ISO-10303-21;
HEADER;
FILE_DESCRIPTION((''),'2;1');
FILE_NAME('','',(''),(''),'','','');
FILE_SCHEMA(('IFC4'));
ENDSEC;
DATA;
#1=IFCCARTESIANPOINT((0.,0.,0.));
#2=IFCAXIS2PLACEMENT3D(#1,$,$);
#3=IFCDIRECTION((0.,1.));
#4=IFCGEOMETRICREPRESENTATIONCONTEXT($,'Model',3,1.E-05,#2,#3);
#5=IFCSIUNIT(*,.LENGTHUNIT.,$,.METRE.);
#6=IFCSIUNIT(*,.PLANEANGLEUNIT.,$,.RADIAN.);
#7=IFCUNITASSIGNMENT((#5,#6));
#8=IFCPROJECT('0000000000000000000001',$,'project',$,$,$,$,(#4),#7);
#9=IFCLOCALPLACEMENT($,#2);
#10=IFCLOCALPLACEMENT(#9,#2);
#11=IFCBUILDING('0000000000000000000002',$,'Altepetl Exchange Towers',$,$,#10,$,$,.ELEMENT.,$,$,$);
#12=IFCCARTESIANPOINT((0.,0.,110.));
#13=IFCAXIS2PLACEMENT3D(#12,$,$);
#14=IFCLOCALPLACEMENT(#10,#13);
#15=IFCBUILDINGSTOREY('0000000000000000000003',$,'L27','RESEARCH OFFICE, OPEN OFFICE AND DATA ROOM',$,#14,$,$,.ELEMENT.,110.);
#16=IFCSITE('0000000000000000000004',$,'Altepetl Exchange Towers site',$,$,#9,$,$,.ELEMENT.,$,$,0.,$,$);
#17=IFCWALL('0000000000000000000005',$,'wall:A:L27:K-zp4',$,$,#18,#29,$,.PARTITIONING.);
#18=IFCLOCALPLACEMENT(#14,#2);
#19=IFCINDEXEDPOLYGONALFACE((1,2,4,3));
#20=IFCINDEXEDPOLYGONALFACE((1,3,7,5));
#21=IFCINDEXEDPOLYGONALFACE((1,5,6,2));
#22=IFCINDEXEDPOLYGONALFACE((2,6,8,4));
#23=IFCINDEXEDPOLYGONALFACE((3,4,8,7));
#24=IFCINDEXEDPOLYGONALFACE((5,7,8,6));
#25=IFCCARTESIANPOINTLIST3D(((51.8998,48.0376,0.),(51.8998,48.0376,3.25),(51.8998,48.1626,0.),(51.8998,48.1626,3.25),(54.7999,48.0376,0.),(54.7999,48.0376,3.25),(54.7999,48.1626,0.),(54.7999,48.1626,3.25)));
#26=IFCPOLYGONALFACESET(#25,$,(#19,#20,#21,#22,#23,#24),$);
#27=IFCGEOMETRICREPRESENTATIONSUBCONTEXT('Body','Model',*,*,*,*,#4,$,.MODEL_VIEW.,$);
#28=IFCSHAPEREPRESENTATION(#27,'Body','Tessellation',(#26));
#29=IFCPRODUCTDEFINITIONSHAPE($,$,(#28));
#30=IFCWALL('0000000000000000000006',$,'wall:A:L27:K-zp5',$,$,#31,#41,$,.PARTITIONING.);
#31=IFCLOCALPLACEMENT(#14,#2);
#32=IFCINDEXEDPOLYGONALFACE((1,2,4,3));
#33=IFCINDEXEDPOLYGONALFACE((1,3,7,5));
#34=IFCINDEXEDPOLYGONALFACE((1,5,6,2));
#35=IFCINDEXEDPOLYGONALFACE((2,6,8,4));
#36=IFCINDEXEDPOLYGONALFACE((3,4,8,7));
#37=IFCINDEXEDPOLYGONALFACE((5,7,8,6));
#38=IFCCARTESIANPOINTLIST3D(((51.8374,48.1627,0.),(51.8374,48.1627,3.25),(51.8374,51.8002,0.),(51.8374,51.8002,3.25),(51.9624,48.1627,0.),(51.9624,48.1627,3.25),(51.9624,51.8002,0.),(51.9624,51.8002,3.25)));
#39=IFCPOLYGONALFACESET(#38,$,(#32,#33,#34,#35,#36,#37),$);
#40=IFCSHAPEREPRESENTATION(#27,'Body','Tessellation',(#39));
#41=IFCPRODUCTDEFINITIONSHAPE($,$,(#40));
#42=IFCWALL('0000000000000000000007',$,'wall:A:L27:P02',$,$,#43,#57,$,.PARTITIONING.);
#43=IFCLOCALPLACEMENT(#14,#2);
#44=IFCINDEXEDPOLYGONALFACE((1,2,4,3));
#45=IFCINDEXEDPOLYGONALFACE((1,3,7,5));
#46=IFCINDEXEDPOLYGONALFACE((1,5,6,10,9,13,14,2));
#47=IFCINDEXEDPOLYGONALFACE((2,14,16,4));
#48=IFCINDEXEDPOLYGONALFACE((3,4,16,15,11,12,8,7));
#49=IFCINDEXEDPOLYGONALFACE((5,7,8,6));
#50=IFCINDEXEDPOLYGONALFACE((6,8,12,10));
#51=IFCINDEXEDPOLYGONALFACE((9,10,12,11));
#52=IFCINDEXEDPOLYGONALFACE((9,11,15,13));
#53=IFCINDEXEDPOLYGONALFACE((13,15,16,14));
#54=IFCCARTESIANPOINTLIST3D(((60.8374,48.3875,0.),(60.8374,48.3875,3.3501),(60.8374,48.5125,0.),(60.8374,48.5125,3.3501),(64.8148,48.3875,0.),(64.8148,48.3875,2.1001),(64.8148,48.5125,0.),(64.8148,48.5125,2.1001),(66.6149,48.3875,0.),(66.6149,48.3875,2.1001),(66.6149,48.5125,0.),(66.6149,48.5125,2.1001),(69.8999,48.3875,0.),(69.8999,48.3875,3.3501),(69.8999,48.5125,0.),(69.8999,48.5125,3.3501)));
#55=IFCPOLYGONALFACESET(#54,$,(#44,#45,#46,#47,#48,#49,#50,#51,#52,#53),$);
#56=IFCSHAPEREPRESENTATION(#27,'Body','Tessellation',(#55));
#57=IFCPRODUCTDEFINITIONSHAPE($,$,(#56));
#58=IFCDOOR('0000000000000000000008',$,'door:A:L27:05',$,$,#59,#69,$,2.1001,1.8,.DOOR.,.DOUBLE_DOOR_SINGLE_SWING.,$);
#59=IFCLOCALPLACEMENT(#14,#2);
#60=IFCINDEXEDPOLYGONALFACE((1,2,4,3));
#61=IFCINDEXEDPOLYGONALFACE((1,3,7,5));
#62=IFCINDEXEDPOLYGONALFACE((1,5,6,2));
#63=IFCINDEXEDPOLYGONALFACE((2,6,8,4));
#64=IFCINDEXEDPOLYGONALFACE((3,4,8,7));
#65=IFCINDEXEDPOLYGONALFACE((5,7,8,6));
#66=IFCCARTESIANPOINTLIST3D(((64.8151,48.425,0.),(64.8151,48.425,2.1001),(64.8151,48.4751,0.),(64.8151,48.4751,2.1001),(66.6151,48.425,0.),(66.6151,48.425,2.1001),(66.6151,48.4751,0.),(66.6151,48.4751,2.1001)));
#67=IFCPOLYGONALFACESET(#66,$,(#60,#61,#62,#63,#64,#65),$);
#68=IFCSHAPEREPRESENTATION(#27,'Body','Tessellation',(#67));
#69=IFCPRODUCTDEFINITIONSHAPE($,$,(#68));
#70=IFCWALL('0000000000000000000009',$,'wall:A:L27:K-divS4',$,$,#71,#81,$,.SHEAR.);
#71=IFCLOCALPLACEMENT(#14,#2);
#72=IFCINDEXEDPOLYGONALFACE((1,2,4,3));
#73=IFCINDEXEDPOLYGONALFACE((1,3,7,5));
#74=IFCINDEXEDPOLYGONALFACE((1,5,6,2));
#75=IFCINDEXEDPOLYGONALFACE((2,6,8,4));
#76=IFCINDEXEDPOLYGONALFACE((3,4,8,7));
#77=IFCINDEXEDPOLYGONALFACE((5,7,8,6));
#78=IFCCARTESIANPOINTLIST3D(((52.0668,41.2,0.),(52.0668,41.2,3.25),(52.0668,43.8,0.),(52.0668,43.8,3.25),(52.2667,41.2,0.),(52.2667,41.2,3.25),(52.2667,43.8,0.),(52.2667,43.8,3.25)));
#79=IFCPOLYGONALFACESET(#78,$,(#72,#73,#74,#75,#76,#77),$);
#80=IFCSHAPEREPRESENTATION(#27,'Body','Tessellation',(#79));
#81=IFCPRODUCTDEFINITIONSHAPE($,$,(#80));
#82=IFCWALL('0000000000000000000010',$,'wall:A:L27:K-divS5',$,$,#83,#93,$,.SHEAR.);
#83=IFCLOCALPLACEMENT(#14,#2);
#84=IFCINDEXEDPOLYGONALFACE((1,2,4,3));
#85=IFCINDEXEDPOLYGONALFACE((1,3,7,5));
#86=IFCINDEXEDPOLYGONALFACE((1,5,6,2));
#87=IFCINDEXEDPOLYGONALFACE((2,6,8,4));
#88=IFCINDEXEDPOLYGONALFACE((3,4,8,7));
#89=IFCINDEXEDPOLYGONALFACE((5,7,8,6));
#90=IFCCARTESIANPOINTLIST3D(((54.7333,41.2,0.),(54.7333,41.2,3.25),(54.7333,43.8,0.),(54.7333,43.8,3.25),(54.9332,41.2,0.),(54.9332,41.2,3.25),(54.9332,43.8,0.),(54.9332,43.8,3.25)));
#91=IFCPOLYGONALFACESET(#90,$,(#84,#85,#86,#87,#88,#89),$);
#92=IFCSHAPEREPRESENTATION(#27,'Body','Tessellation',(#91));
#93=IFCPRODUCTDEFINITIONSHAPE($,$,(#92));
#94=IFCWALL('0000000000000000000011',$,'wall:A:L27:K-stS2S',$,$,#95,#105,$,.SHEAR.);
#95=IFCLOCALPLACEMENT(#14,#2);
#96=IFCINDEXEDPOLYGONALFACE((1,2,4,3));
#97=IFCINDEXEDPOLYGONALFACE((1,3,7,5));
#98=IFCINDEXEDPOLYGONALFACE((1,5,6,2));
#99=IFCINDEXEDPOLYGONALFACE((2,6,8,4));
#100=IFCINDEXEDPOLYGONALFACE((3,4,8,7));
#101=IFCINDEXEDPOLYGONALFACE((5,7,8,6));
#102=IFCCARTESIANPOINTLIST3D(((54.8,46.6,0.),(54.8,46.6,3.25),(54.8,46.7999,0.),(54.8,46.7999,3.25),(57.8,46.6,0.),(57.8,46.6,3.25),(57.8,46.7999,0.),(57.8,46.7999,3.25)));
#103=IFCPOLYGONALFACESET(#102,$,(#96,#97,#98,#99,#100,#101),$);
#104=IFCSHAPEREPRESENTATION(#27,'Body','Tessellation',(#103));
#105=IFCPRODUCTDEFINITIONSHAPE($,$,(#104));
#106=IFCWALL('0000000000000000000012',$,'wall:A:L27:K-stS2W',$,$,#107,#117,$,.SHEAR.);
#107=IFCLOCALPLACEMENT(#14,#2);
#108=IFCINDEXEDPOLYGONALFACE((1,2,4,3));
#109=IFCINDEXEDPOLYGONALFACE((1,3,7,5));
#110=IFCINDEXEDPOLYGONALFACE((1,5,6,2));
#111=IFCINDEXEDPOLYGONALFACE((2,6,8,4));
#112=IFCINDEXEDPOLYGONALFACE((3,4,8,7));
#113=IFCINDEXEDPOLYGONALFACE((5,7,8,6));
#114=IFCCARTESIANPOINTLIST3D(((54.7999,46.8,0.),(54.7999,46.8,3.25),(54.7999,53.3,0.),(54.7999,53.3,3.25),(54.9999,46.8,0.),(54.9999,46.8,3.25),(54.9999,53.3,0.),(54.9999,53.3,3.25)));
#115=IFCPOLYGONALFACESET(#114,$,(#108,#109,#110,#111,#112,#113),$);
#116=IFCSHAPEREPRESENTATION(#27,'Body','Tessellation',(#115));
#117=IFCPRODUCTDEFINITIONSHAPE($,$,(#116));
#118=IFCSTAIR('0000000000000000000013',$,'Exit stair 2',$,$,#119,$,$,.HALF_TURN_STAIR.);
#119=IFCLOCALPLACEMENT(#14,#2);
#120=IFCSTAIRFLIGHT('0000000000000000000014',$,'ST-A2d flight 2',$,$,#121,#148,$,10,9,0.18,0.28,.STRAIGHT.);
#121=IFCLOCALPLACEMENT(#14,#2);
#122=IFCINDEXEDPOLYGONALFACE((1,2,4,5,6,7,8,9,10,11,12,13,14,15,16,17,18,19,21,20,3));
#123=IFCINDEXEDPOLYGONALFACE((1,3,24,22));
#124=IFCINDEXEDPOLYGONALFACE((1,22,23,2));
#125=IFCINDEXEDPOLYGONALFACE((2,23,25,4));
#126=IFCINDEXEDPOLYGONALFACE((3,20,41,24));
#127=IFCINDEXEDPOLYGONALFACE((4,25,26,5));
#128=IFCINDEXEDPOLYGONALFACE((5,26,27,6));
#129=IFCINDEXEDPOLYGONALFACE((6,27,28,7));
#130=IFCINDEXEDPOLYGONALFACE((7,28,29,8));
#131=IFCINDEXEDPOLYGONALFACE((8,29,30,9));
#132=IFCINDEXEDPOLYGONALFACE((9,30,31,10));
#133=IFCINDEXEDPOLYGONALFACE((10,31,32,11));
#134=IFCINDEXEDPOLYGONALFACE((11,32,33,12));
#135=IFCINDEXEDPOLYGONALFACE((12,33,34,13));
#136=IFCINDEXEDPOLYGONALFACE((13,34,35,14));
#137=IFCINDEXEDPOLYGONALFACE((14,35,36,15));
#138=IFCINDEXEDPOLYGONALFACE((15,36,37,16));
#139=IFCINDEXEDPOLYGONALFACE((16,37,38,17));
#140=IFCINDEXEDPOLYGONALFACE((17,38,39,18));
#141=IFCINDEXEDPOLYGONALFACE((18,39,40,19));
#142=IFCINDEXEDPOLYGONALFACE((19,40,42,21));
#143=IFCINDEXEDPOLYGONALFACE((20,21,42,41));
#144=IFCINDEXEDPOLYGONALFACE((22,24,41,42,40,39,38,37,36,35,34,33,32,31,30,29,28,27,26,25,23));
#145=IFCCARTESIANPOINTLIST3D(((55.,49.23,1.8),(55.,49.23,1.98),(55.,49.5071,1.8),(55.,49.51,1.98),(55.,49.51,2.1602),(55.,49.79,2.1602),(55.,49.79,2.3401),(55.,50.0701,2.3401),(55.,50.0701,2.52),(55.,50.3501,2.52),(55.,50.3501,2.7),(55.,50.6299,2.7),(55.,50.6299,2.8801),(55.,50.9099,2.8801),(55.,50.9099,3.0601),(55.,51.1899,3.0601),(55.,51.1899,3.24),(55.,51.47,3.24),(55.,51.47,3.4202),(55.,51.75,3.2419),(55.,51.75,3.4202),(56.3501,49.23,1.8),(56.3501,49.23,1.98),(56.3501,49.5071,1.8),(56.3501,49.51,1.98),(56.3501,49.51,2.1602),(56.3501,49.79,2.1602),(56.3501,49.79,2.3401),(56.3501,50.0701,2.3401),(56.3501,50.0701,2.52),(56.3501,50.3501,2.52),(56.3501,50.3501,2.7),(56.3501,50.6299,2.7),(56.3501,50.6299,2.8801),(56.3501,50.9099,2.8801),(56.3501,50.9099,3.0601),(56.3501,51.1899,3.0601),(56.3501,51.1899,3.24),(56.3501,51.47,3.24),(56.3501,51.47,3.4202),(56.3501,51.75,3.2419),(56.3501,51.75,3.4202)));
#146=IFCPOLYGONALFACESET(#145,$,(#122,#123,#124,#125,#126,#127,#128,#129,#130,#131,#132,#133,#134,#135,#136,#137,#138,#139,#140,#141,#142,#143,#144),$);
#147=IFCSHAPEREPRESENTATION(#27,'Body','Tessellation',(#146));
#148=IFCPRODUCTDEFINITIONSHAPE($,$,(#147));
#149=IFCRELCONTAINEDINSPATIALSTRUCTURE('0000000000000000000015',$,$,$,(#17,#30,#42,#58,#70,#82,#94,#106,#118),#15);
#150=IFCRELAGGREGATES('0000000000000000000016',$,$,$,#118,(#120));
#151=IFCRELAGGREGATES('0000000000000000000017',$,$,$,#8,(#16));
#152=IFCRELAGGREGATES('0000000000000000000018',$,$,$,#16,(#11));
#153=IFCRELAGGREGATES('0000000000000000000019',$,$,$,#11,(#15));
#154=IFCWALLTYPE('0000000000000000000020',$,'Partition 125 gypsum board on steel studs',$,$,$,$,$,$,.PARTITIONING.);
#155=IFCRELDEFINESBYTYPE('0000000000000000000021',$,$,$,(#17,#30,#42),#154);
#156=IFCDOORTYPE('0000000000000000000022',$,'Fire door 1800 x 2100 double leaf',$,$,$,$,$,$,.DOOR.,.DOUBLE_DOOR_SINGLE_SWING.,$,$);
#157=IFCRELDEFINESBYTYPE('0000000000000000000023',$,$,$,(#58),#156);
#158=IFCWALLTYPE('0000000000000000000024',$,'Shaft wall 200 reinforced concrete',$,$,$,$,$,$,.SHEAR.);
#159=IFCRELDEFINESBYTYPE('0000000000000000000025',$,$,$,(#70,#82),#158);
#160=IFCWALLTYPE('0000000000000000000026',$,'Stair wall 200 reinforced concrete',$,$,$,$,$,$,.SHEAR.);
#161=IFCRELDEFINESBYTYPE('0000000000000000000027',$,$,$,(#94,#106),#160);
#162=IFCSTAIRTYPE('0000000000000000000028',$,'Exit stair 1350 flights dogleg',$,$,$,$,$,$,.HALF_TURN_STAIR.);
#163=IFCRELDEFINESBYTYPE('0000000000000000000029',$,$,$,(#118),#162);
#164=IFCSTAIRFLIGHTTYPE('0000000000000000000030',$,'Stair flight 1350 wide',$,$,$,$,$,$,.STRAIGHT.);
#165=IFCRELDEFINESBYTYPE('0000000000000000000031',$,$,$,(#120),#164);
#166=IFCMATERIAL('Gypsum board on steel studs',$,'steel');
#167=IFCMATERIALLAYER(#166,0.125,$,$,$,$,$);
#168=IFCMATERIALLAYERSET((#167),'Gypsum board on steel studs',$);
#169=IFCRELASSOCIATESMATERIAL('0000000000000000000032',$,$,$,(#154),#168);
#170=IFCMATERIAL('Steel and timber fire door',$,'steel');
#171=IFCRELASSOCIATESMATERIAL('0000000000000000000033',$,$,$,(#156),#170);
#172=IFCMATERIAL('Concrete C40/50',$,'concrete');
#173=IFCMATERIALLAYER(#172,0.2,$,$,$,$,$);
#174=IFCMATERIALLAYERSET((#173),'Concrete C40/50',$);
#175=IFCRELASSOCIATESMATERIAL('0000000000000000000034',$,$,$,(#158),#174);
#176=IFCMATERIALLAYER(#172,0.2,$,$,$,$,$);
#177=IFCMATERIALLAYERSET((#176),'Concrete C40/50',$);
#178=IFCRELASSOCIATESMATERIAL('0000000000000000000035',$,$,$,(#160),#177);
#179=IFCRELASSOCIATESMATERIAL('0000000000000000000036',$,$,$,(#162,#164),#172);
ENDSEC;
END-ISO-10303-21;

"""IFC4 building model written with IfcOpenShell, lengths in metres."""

from ifc_helpers import new_model, si_unit, direction, frame, frame_2d, origin, place, context, subcontext, project, spatial, polyline, rectangle, outline, extrude, material, layer, layer_set, type_object, element, fill, aggregate, save


model = new_model("IFC4")

# Units and contexts
model_context = context("Model", 3, precision=1e-05, world=origin(), true_north=direction((0.0, 1.0)))
body_context = subcontext(model_context, "Body", "Model", "MODEL_VIEW")
ifc_project = project(units=[si_unit("LENGTHUNIT", "METRE"), si_unit("PLANEANGLEUNIT", "RADIAN")], contexts=[model_context])

# Site, building, storey
site_placement = place(None, origin())
site = spatial("IfcSite", under=ifc_project, at=site_placement, Name="Altepetl Exchange Towers site", CompositionType="ELEMENT", RefElevation=0.0)
building_placement = place(site_placement, origin())
building = spatial("IfcBuilding", under=site, at=building_placement, Name="Altepetl Exchange Towers", CompositionType="ELEMENT")
storey_placement = place(building_placement, frame((0.0, 0.0, 110.0)))
storey = spatial("IfcBuildingStorey", under=building, at=storey_placement, Name="L27", Description="RESEARCH OFFICE, OPEN OFFICE AND DATA ROOM", CompositionType="ELEMENT", Elevation=110.0)

# Shared definitions
ifc_material_1 = material(Name="Steel and timber fire door", Category="steel")

# Walls
ifc_material_2 = material(Name="Gypsum board on steel studs", Category="steel")
ifc_layer_1 = layer(ifc_material_2, 0.125)
ifc_layer_set_1 = layer_set([ifc_layer_1], Name="Gypsum board on steel studs")
wall_type_1 = type_object("IfcWallType", Name="Partition 125 gypsum board on steel studs", PredefinedType="PARTITIONING", material=ifc_layer_set_1)
wall_1_placement = place(storey_placement, frame((54.8, 48.1001, 0.0), z_axis=(0.0, 0.0, 1.0), x_axis=(-1.0, 0.0, 0.0)))
element("IfcWall", 1, at=wall_1_placement, inside=storey, type_object=wall_type_1, Name="wall:A:L27:K-zp4", PredefinedType="PARTITIONING", context=body_context, shape_type="SweptSolid", body=[
    extrude(rectangle(XDim=2.9001, YDim=0.125, at=frame_2d((1.4502, 0.0))), origin(), (0.0, 0.0, 1.0), 3.25),
])
wall_2_placement = place(storey_placement, frame((51.8999, 48.1626, 0.0), z_axis=(0.0, 0.0, 1.0), x_axis=(0.0, 1.0, 0.0)))
element("IfcWall", 2, at=wall_2_placement, inside=storey, type_object=wall_type_1, Name="wall:A:L27:K-zp5", PredefinedType="PARTITIONING", context=body_context, shape_type="SweptSolid", body=[
    extrude(rectangle(XDim=3.6375, YDim=0.125, at=frame_2d((1.8188, 0.0))), origin(), (0.0, 0.0, 1.0), 3.25),
])

# Wall, opening, door
wall_3_placement = place(storey_placement, frame((60.8374, 48.45, 0.0)))
wall_3 = element("IfcWall", 3, at=wall_3_placement, inside=storey, type_object=wall_type_1, Name="wall:A:L27:P02", PredefinedType="PARTITIONING", context=body_context, shape_type="SweptSolid", body=[
    extrude(rectangle(XDim=9.0625, YDim=0.125, at=frame_2d((4.5312, 0.0))), origin(), (0.0, 0.0, 1.0), 3.3501),
])
opening_1_placement = place(wall_3_placement, frame((3.9775, 0.0, 0.0)))
opening_1 = element("IfcOpeningElement", 4, at=opening_1_placement, cuts=wall_3, PredefinedType="OPENING", context=body_context, shape_type="SweptSolid", body=[
    extrude(rectangle(XDim=1.8, YDim=2.1001, at=frame_2d((0.8999, 1.05))), frame((0.0, 0.0725, 0.0), z_axis=(0.0, -1.0, 0.0), x_axis=(1.0, 0.0, 0.0)), (0.0, 0.0, 1.0), 0.145),
])
door_type_1 = type_object("IfcDoorType", Name="Fire door 1800 x 2100 double leaf", OperationType="DOUBLE_DOOR_SINGLE_SWING", PredefinedType="DOOR", material=ifc_material_1)
door_1_placement = place(opening_1_placement, frame((1.8, 0.0, 0.0), x_axis=(-1.0, 0.0, 0.0)))
door_1 = element("IfcDoor", 5, at=door_1_placement, inside=storey, type_object=door_type_1, Name="door:A:L27:05", OperationType="DOUBLE_DOOR_SINGLE_SWING", OverallHeight=2.1001, OverallWidth=1.8, PredefinedType="DOOR", context=body_context, shape_type="SweptSolid", body=[
    extrude(rectangle(XDim=1.8, YDim=2.1001, at=frame_2d((0.8999, 1.05))), frame((0.0, 0.0249, 0.0), z_axis=(0.0, -1.0, 0.0), x_axis=(1.0, 0.0, 0.0)), (0.0, 0.0, 1.0), 0.05),
])
fill(opening_1, door_1)

# Walls
ifc_material_3 = material(Name="Concrete C40/50", Category="concrete")
ifc_layer_2 = layer(ifc_material_3, 0.2)
ifc_layer_set_2 = layer_set([ifc_layer_2], Name="Concrete C40/50")
wall_type_2 = type_object("IfcWallType", Name="Shaft wall 200 reinforced concrete", PredefinedType="SHEAR", material=ifc_layer_set_2)
for number, where, z_axis, x_axis, name in (
    (6, (52.1667, 41.2, 0.0), (0.0, 0.0, 1.0), (0.0, 1.0, 0.0), "wall:A:L27:K-divS4"),
    (7, (54.8333, 41.2, 0.0), (0.0, 0.0, 1.0), (0.0, 1.0, 0.0), "wall:A:L27:K-divS5"),
):
    element("IfcWall", number, at=place(storey_placement, frame(where, z_axis=z_axis, x_axis=x_axis)), inside=storey, type_object=wall_type_2, Name=name, PredefinedType="SHEAR", context=body_context, shape_type="SweptSolid", body=[
        extrude(rectangle(XDim=2.6001, YDim=0.2, at=frame_2d((1.3, 0.0))), origin(), (0.0, 0.0, 1.0), 3.25),
    ])
ifc_layer_3 = layer(ifc_material_3, 0.2)
ifc_layer_set_3 = layer_set([ifc_layer_3], Name="Concrete C40/50")
wall_type_3 = type_object("IfcWallType", Name="Stair wall 200 reinforced concrete", PredefinedType="SHEAR", material=ifc_layer_set_3)
wall_4_placement = place(storey_placement, frame((54.8, 46.7, 0.0)))
element("IfcWall", 8, at=wall_4_placement, inside=storey, type_object=wall_type_3, Name="wall:A:L27:K-stS2S", PredefinedType="SHEAR", context=body_context, shape_type="SweptSolid", body=[
    extrude(rectangle(XDim=3.0, YDim=0.2, at=frame_2d((1.5, 0.0))), origin(), (0.0, 0.0, 1.0), 3.25),
])
wall_5_placement = place(storey_placement, frame((54.8999, 46.8, 0.0), z_axis=(0.0, 0.0, 1.0), x_axis=(0.0, 1.0, 0.0)))
element("IfcWall", 9, at=wall_5_placement, inside=storey, type_object=wall_type_3, Name="wall:A:L27:K-stS2W", PredefinedType="SHEAR", context=body_context, shape_type="SweptSolid", body=[
    extrude(rectangle(XDim=6.5, YDim=0.2, at=frame_2d((3.25, 0.0))), origin(), (0.0, 0.0, 1.0), 3.25),
])

# Stair, stair flight
stair_type = type_object("IfcStairType", Name="Exit stair 1350 flights dogleg", PredefinedType="HALF_TURN_STAIR", material=ifc_material_3)
stair_placement = place(storey_placement, origin())
stair = element("IfcStair", 10, at=stair_placement, inside=storey, type_object=stair_type, Name="Exit stair 2", PredefinedType="HALF_TURN_STAIR")
stair_flight_type = type_object("IfcStairFlightType", Name="Stair flight 1350 wide", PredefinedType="STRAIGHT", material=ifc_material_3)
stair_flight_placement = place(storey_placement, frame((55.675, 49.23, 1.8), z_axis=(0.0, 0.0, 1.0), x_axis=(0.0, 1.0, 0.0)))
stair_flight = element("IfcStairFlight", 11, at=stair_flight_placement, type_object=stair_flight_type, Name="ST-A2d flight 2", NumberOfRisers=10, NumberOfTreads=9, PredefinedType="STRAIGHT", RiserHeight=0.18, TreadLength=0.28, context=body_context, shape_type="SweptSolid", body=[
    extrude(outline(polyline([(0.0, 0.0), (0.0, 0.1799), (0.28, 0.1799), (0.28, 0.3601), (0.5601, 0.3601), (0.5601, 0.54), (0.8401, 0.54), (0.8401, 0.72), (1.1201, 0.72), (1.1201, 0.8999), (1.3999, 0.8999), (1.3999, 1.0801), (1.6799, 1.0801), (1.6799, 1.26), (1.96, 1.26), (1.96, 1.4399), (2.24, 1.4399), (2.24, 1.6201), (2.52, 1.6201), (2.52, 1.8), (2.52, 1.4419), (0.2771, 0.0), (0.0, 0.0)])), frame((0.0, 0.675, 0.0), z_axis=(0.0, -1.0, 0.0), x_axis=(1.0, 0.0, 0.0)), (0.0, 0.0, 1.0), 1.3501),
])
aggregate(stair, [stair_flight])

save(model, "model.ifc")
